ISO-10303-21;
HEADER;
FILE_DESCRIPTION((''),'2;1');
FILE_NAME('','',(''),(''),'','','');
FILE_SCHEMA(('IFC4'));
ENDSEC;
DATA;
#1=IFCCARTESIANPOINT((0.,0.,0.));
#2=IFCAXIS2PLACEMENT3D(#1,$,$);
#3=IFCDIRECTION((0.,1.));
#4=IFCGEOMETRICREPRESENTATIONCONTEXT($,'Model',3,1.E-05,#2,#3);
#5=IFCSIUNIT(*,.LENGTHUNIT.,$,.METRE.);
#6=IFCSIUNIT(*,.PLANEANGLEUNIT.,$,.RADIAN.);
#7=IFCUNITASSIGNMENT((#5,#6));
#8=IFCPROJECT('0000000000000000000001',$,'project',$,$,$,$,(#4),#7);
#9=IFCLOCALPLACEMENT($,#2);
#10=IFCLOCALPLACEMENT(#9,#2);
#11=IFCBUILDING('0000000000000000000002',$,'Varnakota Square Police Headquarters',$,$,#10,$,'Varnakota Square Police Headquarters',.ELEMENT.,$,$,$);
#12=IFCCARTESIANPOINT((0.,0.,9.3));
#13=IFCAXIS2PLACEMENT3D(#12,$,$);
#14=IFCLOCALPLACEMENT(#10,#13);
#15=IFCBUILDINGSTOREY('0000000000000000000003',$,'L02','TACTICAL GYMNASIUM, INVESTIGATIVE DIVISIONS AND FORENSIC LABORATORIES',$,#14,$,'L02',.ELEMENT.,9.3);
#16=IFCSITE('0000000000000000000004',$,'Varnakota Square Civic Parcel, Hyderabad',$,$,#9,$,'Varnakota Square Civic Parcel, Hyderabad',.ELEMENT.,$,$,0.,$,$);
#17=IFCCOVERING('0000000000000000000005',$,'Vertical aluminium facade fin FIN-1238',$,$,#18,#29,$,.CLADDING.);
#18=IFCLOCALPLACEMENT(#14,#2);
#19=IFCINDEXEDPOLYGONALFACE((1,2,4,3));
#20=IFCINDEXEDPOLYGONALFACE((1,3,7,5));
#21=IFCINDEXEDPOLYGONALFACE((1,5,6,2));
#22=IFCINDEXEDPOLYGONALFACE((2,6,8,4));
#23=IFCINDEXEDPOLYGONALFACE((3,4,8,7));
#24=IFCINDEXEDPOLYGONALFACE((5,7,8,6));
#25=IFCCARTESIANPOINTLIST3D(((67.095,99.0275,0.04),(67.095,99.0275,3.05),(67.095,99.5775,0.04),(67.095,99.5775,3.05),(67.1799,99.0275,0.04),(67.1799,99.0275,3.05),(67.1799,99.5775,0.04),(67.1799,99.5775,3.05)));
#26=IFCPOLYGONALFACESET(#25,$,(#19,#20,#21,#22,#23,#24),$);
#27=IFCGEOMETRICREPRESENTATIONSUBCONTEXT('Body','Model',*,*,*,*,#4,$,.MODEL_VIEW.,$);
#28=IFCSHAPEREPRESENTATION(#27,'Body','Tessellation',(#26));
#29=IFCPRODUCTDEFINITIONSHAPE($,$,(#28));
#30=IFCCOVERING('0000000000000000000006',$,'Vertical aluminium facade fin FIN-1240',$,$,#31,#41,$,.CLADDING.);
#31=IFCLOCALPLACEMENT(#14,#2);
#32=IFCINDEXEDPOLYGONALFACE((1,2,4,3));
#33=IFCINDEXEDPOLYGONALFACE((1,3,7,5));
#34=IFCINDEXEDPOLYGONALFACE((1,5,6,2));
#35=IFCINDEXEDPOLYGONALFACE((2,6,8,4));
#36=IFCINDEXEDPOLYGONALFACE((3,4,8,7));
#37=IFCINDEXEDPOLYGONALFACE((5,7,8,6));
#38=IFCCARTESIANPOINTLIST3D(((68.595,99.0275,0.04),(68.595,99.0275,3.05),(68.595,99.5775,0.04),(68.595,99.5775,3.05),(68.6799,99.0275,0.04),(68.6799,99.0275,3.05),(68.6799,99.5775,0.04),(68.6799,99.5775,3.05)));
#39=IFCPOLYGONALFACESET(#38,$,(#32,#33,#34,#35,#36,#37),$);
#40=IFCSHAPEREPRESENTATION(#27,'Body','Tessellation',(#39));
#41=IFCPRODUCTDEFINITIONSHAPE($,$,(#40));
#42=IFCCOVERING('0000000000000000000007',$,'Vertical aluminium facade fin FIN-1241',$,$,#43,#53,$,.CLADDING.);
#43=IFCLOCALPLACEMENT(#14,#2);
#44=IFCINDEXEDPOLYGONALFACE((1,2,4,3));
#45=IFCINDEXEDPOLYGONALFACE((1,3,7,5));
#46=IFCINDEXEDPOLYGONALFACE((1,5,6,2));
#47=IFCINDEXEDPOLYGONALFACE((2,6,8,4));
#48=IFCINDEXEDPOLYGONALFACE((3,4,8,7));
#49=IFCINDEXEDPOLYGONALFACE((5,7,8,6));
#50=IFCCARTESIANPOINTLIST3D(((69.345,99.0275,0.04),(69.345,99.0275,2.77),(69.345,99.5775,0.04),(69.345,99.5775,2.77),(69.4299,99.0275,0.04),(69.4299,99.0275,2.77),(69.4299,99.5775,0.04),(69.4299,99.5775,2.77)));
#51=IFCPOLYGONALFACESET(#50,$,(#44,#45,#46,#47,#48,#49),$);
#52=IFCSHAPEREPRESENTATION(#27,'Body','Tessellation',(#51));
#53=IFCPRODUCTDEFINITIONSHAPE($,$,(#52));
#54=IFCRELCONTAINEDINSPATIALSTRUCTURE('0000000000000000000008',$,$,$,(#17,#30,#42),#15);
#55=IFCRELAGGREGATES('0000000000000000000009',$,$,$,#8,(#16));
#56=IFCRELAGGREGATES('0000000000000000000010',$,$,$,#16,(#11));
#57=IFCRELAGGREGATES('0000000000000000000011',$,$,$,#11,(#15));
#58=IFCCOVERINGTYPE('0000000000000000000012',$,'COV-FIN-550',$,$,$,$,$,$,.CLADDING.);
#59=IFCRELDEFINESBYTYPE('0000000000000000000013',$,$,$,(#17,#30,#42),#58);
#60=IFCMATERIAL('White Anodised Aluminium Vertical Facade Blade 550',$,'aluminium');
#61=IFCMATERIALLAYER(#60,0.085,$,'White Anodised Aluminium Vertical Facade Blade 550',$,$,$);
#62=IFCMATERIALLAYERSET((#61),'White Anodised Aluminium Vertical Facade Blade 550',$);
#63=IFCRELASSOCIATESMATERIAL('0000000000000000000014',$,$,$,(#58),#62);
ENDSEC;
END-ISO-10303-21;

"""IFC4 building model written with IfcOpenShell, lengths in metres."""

from ifc_helpers import new_model, si_unit, direction, frame, origin, origin_2d, place, context, subcontext, project, spatial, rectangle, extrude, material, layer, layer_set, type_object, element, save


model = new_model("IFC4")

# Units and contexts
model_context = context("Model", 3, precision=1e-05, world=origin(), true_north=direction((0.0, 1.0)))
body_context = subcontext(model_context, "Body", "Model", "MODEL_VIEW")
ifc_project = project(units=[si_unit("LENGTHUNIT", "METRE"), si_unit("PLANEANGLEUNIT", "RADIAN")], contexts=[model_context])

# Site, building, storey
site_placement = place(None, origin())
site = spatial("IfcSite", under=ifc_project, at=site_placement, Name="Varnakota Square Civic Parcel, Hyderabad", LongName="Varnakota Square Civic Parcel, Hyderabad", CompositionType="ELEMENT", RefElevation=0.0)
building_placement = place(site_placement, origin())
building = spatial("IfcBuilding", under=site, at=building_placement, Name="Varnakota Square Police Headquarters", LongName="Varnakota Square Police Headquarters", CompositionType="ELEMENT")
storey_placement = place(building_placement, frame((0.0, 0.0, 9.3)))
storey = spatial("IfcBuildingStorey", under=building, at=storey_placement, Name="L02", Description="TACTICAL GYMNASIUM, INVESTIGATIVE DIVISIONS AND FORENSIC LABORATORIES", LongName="L02", CompositionType="ELEMENT", Elevation=9.3)

# Coverings
ifc_material_1 = material(Name="White Anodised Aluminium Vertical Facade Blade 550", Category="aluminium")
ifc_layer_1 = layer(ifc_material_1, 0.085, Name="White Anodised Aluminium Vertical Facade Blade 550")
ifc_layer_set_1 = layer_set([ifc_layer_1], Name="White Anodised Aluminium Vertical Facade Blade 550")
covering_type_1 = type_object("IfcCoveringType", Name="COV-FIN-550", PredefinedType="CLADDING", material=ifc_layer_set_1)
for number, where, z_axis, x_axis, name in (
    (1, (67.1375, 99.3025, 0.04), (0.0, 0.0, 1.0), (1.0, 0.0, 0.0), "Vertical aluminium facade fin FIN-1238"),
    (2, (68.6375, 99.3025, 0.04), (0.0, 0.0, 1.0), (1.0, 0.0, 0.0), "Vertical aluminium facade fin FIN-1240"),
):
    element("IfcCovering", number, at=place(storey_placement, frame(where, z_axis=z_axis, x_axis=x_axis)), inside=storey, type_object=covering_type_1, Name=name, PredefinedType="CLADDING", context=body_context, shape_type="SweptSolid", body=[
        extrude(rectangle(XDim=0.085, YDim=0.55, at=origin_2d()), origin(), (0.0, 0.0, 1.0), 3.01),
    ])
covering_1_placement = place(storey_placement, frame((69.3875, 99.3025, 0.04), z_axis=(0.0, 0.0, 1.0), x_axis=(1.0, 0.0, 0.0)))
element("IfcCovering", 3, at=covering_1_placement, inside=storey, type_object=covering_type_1, Name="Vertical aluminium facade fin FIN-1241", PredefinedType="CLADDING", context=body_context, shape_type="SweptSolid", body=[
    extrude(rectangle(XDim=0.085, YDim=0.55, at=origin_2d()), origin(), (0.0, 0.0, 1.0), 2.73),
])

save(model, "model.ifc")
